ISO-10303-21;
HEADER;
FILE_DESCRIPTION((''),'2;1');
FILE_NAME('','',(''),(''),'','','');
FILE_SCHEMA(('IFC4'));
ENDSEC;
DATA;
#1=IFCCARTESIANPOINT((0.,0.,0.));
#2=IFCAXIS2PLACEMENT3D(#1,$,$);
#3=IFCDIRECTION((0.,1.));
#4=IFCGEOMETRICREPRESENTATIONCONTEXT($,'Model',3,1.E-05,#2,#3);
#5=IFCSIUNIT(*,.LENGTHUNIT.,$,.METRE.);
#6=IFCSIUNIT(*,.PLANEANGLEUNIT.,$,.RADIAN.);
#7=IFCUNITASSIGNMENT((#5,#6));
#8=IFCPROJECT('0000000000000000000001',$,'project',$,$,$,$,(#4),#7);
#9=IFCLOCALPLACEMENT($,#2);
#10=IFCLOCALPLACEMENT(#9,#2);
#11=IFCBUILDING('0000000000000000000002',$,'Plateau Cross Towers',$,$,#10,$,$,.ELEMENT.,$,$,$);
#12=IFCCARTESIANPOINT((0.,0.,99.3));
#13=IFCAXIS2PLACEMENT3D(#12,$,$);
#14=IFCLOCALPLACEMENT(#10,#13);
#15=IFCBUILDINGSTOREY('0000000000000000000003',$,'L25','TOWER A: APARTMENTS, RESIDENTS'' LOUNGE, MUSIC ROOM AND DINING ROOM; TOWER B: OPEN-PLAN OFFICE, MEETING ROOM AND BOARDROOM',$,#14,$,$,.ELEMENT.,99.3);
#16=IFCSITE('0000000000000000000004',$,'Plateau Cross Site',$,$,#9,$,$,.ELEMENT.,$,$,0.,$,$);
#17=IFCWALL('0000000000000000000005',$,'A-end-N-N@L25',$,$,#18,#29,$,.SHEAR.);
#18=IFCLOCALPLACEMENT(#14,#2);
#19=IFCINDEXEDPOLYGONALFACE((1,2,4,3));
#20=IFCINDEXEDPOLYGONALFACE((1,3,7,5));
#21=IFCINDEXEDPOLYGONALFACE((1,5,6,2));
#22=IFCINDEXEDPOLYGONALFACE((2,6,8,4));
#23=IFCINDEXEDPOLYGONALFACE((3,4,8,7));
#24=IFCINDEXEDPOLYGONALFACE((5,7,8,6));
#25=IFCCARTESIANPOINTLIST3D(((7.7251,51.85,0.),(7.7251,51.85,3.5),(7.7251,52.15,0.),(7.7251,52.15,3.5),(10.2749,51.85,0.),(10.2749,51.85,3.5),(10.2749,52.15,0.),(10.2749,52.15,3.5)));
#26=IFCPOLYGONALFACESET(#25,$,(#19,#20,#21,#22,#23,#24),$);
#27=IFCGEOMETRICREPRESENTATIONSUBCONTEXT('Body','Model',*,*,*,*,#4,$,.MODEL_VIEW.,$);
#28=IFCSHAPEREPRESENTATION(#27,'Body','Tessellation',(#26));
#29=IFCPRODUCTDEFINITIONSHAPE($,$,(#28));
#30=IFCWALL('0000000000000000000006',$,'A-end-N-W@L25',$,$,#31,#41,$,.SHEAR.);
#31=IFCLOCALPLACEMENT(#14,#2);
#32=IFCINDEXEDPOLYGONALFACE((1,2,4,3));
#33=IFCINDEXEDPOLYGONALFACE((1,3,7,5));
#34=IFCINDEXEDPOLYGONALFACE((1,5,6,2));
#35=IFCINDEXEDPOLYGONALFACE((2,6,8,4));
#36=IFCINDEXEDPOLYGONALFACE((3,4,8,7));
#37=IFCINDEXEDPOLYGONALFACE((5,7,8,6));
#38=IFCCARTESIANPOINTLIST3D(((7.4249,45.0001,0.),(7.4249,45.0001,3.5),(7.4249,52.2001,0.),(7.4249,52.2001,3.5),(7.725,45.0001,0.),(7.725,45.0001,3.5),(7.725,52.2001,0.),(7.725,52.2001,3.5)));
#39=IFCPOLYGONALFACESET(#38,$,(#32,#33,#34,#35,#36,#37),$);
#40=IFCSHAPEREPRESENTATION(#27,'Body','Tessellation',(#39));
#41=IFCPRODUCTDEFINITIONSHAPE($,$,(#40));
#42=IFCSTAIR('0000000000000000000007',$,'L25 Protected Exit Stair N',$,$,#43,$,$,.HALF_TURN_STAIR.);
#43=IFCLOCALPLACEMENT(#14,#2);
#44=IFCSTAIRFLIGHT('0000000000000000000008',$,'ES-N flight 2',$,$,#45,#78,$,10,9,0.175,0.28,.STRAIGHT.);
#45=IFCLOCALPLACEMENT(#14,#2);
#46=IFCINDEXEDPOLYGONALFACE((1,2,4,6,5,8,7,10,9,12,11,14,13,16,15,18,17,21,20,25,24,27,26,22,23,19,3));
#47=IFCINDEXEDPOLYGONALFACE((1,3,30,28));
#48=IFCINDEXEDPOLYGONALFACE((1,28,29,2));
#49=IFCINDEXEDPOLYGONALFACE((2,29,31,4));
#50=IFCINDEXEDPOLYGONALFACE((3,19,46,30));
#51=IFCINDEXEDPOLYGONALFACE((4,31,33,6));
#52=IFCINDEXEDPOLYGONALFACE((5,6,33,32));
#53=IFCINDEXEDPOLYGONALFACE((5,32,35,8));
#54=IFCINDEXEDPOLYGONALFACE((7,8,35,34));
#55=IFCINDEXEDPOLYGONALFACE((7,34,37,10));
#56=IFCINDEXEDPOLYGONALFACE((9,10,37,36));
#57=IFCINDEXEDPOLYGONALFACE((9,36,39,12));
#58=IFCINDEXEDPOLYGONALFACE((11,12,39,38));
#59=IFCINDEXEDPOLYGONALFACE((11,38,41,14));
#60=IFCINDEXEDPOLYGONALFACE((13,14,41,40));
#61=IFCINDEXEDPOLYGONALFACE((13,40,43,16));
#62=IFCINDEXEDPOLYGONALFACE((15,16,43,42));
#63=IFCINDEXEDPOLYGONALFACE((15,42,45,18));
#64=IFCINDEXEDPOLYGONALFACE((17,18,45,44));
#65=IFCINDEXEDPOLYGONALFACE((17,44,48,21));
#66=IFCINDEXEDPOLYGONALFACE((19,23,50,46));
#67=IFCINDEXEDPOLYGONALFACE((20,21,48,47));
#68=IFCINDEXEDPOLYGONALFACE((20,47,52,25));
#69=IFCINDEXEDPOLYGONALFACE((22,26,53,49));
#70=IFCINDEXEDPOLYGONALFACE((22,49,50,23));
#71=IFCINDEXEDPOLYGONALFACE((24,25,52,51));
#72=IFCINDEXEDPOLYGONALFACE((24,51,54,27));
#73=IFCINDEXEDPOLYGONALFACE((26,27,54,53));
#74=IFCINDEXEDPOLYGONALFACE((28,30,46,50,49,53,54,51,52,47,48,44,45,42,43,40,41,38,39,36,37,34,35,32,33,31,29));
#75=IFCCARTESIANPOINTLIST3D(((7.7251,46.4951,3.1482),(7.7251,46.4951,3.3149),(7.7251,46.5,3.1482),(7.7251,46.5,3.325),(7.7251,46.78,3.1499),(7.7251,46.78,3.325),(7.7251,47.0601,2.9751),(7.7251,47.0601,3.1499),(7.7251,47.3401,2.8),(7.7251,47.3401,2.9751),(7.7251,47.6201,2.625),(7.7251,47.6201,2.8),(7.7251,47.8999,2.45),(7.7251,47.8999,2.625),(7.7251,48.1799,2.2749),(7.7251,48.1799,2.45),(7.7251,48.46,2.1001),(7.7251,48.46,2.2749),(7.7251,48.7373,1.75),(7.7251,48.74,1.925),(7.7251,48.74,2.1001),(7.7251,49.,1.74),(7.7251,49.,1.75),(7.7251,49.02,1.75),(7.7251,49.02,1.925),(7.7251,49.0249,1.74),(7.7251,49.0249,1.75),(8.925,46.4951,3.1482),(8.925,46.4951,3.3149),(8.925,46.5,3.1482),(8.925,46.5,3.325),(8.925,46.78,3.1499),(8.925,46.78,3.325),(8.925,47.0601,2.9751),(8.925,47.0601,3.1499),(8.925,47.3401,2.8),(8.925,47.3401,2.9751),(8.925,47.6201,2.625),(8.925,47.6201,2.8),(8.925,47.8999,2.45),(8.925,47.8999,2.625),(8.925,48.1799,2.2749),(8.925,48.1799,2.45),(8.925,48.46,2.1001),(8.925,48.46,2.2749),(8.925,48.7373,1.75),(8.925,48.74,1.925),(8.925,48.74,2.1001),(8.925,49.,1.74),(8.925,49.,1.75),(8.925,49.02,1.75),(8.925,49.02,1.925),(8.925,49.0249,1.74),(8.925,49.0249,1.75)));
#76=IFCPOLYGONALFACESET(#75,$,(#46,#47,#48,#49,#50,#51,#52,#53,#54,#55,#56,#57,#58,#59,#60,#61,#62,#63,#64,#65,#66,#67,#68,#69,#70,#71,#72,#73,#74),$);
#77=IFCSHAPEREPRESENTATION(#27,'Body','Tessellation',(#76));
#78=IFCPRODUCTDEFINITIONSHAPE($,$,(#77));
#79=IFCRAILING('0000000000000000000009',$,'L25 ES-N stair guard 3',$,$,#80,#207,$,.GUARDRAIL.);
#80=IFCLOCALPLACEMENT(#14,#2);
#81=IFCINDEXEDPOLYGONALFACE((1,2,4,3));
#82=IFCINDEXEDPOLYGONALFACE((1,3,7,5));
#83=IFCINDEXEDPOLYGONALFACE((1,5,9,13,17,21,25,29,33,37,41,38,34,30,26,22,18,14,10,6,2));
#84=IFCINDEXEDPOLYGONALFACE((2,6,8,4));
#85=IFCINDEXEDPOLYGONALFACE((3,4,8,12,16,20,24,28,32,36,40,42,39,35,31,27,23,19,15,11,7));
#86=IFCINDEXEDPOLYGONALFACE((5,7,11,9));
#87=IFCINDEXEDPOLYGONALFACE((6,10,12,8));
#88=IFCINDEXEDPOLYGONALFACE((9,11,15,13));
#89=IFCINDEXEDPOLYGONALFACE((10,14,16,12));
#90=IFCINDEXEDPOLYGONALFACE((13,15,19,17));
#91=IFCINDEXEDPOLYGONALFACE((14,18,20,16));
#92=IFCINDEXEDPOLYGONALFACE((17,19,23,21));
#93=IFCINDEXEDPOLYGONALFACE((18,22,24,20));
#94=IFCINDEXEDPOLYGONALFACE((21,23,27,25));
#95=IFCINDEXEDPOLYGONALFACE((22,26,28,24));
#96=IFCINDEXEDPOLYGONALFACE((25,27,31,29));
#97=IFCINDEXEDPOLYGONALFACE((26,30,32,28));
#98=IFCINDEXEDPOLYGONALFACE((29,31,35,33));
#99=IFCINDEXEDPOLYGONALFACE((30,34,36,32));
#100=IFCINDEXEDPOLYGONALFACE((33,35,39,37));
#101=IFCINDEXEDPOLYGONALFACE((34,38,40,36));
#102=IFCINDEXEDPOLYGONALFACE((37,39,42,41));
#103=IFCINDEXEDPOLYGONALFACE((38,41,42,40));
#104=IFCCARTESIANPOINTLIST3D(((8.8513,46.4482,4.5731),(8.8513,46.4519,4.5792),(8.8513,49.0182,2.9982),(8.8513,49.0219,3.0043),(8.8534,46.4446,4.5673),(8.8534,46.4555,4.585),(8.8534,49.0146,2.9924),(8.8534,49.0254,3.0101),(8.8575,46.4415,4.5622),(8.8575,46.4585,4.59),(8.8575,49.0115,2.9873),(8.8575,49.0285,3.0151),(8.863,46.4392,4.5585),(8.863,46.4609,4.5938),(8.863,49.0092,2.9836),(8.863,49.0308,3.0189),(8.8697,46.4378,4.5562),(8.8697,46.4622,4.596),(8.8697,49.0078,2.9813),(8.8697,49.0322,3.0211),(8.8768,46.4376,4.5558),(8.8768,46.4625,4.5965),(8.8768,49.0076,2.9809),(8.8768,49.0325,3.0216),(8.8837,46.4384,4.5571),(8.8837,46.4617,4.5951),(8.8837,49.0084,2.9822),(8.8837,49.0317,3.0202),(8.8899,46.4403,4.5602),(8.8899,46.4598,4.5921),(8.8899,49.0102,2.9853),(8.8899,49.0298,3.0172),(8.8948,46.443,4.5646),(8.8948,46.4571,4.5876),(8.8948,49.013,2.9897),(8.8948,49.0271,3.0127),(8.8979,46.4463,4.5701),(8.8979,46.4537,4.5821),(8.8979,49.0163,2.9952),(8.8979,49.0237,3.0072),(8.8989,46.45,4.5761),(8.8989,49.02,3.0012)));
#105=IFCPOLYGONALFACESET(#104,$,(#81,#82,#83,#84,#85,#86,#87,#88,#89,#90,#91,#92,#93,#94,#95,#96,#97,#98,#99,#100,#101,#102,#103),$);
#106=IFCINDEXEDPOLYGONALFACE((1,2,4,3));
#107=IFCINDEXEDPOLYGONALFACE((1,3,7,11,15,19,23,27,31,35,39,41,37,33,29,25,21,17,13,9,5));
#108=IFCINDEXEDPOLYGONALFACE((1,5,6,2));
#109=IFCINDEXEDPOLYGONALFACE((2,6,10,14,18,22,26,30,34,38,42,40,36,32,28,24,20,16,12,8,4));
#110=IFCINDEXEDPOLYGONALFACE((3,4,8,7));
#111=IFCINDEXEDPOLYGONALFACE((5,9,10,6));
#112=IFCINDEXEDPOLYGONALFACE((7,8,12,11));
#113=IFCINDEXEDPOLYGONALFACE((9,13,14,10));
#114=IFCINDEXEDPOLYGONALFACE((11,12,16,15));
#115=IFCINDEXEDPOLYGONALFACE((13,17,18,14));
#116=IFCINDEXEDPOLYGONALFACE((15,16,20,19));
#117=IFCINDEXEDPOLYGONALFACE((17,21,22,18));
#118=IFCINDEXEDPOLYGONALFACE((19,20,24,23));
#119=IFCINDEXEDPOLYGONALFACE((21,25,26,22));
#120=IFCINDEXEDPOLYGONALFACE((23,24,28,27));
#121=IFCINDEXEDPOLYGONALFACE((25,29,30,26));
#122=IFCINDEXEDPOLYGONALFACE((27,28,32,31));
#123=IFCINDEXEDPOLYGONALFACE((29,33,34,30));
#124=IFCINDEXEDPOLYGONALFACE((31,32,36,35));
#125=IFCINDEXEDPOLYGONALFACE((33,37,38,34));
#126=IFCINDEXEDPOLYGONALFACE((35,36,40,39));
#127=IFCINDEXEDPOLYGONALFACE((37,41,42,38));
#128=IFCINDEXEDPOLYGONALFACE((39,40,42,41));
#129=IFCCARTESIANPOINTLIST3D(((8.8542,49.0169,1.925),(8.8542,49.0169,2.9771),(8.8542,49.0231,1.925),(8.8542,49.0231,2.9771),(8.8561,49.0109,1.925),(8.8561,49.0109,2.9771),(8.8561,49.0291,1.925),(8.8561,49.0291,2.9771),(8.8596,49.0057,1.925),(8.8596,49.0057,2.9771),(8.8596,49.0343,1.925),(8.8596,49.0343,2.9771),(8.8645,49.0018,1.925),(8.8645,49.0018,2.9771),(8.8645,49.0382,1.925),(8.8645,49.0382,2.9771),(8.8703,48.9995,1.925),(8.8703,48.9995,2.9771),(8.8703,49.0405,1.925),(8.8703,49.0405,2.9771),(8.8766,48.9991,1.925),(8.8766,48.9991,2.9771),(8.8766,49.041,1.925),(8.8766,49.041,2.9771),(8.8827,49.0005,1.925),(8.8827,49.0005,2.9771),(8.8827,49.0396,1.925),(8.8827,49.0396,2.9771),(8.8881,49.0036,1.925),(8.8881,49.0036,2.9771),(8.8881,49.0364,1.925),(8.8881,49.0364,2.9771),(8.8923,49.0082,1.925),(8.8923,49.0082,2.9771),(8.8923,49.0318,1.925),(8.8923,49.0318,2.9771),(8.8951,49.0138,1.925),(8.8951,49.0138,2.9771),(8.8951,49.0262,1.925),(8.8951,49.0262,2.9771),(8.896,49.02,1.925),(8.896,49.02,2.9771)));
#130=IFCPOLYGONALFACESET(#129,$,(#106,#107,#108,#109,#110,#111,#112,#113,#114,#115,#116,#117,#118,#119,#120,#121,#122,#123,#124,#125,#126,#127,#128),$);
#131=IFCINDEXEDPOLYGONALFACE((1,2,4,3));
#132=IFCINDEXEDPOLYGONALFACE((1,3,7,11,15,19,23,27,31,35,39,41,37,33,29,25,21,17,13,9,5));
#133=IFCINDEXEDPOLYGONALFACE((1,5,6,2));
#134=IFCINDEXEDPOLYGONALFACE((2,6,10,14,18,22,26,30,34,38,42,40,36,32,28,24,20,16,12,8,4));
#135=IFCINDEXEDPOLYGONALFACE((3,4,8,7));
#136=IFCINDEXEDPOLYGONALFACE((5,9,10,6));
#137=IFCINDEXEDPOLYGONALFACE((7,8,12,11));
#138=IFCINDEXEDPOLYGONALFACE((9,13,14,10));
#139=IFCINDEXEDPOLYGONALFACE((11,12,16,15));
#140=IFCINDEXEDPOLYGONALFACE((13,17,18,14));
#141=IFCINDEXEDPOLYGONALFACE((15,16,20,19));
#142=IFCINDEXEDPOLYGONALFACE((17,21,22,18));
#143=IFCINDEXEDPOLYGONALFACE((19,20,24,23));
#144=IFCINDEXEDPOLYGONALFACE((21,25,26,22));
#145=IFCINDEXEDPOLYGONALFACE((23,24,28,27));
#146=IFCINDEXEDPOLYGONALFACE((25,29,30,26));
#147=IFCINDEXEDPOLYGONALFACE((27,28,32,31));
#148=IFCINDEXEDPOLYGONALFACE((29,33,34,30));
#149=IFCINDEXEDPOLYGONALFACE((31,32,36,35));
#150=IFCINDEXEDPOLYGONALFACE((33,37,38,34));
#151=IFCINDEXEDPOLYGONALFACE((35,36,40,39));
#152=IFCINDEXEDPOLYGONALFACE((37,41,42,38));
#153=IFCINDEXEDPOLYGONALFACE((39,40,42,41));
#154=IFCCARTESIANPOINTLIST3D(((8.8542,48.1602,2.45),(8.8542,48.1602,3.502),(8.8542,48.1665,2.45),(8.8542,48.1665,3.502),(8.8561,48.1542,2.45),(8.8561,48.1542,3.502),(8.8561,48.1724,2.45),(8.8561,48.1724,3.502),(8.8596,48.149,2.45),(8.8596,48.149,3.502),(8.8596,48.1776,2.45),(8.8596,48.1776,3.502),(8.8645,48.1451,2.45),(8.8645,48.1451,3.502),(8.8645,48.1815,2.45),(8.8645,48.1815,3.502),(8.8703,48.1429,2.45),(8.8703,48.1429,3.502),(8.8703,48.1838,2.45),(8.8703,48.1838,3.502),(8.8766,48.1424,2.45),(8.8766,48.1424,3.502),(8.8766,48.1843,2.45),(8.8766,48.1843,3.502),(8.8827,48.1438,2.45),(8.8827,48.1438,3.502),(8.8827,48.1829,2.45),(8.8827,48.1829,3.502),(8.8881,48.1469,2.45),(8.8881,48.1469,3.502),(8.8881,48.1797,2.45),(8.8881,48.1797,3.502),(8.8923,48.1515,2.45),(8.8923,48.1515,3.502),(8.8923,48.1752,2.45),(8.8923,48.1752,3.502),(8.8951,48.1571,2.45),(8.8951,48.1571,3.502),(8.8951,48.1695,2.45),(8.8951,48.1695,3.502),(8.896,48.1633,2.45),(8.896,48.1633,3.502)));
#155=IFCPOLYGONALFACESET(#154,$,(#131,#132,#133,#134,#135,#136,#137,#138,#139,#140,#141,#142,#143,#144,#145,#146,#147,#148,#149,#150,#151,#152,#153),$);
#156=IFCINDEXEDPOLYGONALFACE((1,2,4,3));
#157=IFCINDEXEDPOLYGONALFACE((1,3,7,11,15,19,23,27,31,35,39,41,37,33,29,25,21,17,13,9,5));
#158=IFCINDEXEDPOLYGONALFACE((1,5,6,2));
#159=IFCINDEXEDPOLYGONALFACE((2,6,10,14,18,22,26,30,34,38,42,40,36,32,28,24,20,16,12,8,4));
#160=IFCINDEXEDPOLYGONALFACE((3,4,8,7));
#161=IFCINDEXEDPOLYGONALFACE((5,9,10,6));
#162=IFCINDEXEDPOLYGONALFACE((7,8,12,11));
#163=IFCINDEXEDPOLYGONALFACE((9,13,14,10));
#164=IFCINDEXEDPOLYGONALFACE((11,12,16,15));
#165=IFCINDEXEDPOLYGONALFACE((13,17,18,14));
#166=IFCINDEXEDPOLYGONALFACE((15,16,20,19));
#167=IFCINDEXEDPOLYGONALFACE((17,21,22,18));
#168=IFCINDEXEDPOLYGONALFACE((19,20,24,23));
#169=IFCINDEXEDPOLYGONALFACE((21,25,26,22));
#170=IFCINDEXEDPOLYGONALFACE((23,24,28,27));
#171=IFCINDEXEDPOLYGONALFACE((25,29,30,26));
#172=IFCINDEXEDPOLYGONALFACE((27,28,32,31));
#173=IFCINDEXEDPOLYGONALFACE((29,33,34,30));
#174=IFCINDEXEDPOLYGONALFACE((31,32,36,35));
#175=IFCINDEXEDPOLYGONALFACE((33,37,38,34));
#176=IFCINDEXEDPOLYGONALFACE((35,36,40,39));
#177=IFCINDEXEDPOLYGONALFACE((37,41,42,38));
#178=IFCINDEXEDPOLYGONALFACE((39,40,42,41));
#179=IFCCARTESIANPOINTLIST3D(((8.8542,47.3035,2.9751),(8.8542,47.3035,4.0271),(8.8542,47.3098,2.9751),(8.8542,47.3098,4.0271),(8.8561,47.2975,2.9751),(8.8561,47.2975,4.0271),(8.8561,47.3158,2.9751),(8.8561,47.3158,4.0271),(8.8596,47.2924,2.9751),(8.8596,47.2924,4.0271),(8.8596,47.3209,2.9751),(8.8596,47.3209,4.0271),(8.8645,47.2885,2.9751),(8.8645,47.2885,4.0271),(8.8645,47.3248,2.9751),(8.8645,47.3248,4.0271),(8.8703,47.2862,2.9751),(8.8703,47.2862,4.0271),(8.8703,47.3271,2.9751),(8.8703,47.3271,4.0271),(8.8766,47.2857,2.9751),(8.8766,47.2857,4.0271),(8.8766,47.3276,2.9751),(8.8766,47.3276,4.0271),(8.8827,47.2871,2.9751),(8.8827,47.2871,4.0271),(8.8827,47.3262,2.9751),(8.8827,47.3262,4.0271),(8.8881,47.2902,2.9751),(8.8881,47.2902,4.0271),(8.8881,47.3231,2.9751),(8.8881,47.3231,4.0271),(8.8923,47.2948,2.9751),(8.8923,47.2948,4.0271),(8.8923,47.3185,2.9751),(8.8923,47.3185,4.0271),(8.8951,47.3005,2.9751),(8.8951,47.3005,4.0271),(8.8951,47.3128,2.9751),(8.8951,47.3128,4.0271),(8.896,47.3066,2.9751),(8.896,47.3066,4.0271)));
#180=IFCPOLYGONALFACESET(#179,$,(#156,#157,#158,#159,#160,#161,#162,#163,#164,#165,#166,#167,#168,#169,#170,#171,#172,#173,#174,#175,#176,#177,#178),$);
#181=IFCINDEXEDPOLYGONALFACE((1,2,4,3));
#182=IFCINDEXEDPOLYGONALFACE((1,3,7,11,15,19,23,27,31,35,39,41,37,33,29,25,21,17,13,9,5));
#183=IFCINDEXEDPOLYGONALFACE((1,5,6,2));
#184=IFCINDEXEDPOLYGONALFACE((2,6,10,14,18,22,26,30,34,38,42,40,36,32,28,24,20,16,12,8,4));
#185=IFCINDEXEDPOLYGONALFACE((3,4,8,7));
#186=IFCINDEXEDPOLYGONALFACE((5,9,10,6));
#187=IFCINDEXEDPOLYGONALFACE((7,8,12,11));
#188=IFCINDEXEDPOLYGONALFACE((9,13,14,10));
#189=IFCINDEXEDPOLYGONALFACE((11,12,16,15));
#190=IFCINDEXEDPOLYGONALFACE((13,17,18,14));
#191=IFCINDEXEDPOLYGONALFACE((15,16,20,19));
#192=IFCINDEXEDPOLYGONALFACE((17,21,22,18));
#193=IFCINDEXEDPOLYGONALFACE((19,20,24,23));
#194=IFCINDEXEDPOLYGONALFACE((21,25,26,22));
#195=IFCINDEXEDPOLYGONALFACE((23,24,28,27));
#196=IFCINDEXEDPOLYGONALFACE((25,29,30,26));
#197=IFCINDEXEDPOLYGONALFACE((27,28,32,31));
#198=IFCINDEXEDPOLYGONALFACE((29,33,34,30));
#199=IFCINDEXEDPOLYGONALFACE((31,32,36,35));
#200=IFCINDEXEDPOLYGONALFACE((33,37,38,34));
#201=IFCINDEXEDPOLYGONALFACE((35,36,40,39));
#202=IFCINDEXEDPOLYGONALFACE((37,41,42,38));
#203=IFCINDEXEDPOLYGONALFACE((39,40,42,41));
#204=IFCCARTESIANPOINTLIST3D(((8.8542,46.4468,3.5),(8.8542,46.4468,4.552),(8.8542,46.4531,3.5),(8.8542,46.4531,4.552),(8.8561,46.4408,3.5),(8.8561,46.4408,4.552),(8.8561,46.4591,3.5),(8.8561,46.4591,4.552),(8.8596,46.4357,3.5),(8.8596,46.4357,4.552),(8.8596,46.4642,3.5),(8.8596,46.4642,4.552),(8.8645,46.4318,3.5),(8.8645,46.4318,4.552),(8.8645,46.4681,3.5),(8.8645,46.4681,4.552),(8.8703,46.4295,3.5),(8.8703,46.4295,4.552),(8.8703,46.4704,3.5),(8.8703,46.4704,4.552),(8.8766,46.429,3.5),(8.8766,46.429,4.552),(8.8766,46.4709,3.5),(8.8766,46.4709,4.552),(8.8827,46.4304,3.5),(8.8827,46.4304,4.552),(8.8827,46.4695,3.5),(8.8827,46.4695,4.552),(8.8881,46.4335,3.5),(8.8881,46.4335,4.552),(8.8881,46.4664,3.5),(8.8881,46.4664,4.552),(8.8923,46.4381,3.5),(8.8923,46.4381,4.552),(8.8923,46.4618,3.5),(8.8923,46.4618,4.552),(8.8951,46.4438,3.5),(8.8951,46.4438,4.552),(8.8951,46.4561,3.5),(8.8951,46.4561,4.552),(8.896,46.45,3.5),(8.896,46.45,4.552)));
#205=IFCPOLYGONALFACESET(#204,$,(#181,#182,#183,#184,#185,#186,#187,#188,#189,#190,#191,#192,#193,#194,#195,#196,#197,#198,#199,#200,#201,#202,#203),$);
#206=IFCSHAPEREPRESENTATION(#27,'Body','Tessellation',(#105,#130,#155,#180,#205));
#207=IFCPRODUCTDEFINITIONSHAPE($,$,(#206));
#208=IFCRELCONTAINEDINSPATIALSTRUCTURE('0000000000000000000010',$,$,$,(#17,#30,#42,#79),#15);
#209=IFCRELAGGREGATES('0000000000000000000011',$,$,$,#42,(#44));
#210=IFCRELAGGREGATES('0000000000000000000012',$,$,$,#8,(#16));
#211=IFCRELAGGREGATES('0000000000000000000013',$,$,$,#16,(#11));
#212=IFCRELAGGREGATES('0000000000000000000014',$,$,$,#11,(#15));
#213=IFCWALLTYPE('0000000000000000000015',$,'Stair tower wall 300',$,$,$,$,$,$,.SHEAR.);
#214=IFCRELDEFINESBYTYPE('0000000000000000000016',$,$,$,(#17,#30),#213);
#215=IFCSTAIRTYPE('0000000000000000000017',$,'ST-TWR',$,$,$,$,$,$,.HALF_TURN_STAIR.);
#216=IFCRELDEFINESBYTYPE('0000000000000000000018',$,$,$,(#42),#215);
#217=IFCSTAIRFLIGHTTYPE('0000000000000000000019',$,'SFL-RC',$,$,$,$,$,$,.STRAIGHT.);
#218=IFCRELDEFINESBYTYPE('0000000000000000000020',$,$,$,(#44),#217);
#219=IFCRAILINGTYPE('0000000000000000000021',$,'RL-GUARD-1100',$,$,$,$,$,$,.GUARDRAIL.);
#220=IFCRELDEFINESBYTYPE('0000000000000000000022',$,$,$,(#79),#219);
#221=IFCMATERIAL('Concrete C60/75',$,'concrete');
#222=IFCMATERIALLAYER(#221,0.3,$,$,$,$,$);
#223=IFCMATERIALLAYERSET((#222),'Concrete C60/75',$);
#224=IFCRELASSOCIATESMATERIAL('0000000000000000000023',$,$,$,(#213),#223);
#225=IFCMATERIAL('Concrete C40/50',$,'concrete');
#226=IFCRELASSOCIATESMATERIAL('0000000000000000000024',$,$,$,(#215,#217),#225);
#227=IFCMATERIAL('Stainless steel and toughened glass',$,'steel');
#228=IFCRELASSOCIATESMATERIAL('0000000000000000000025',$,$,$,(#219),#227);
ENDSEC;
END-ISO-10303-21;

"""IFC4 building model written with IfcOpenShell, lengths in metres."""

from ifc_helpers import new_model, si_unit, direction, frame, frame_2d, origin, origin_2d, place, context, subcontext, project, spatial, polyline, rectangle, circle, outline, extrude, material, layer, layer_set, type_object, element, aggregate, save


model = new_model("IFC4")

# Units and contexts
model_context = context("Model", 3, precision=1e-05, world=origin(), true_north=direction((0.0, 1.0)))
body_context = subcontext(model_context, "Body", "Model", "MODEL_VIEW")
ifc_project = project(units=[si_unit("LENGTHUNIT", "METRE"), si_unit("PLANEANGLEUNIT", "RADIAN")], contexts=[model_context])

# Site, building, storey
site_placement = place(None, origin())
site = spatial("IfcSite", under=ifc_project, at=site_placement, Name="Plateau Cross Site", CompositionType="ELEMENT", RefElevation=0.0)
building_placement = place(site_placement, origin())
building = spatial("IfcBuilding", under=site, at=building_placement, Name="Plateau Cross Towers", CompositionType="ELEMENT")
storey_placement = place(building_placement, frame((0.0, 0.0, 99.3)))
storey = spatial("IfcBuildingStorey", under=building, at=storey_placement, Name="L25", Description="TOWER A: APARTMENTS, RESIDENTS' LOUNGE, MUSIC ROOM AND DINING ROOM; TOWER B: OPEN-PLAN OFFICE, MEETING ROOM AND BOARDROOM", CompositionType="ELEMENT", Elevation=99.3)

# Shared definitions
ifc_material_1 = material(Name="Concrete C60/75", Category="concrete")

# Shared definitions
ifc_layer_1 = layer(ifc_material_1, 0.3)
ifc_layer_set_1 = layer_set([ifc_layer_1], Name="Concrete C60/75")
wall_type_1 = type_object("IfcWallType", Name="Stair tower wall 300", PredefinedType="SHEAR", material=ifc_layer_set_1)

# Walls
wall_1_placement = place(storey_placement, frame((7.7251, 52.0, 0.0), z_axis=(0.0, 0.0, 1.0), x_axis=(1.0, 0.0, 0.0)))
element("IfcWall", 1, at=wall_1_placement, inside=storey, type_object=wall_type_1, Name="A-end-N-N@L25", PredefinedType="SHEAR", context=body_context, shape_type="SweptSolid", body=[
    extrude(rectangle(XDim=2.5498, YDim=0.3, at=frame_2d((1.2749, 0.0))), origin(), (0.0, 0.0, 1.0), 3.5),
])
wall_2_placement = place(storey_placement, frame((7.575, 45.0, 0.0), z_axis=(0.0, 0.0, 1.0), x_axis=(0.0, 1.0, 0.0)))
element("IfcWall", 2, at=wall_2_placement, inside=storey, type_object=wall_type_1, Name="A-end-N-W@L25", PredefinedType="SHEAR", context=body_context, shape_type="SweptSolid", body=[
    extrude(rectangle(XDim=7.2, YDim=0.3, at=frame_2d((3.6001, 0.0))), origin(), (0.0, 0.0, 1.0), 3.5),
])

# Stair, stair flight
ifc_material_2 = material(Name="Concrete C40/50", Category="concrete")
stair_type = type_object("IfcStairType", Name="ST-TWR", PredefinedType="HALF_TURN_STAIR", material=ifc_material_2)
stair_placement = place(storey_placement, origin())
stair = element("IfcStair", 3, at=stair_placement, inside=storey, type_object=stair_type, Name="L25 Protected Exit Stair N", PredefinedType="HALF_TURN_STAIR")
stair_flight_type = type_object("IfcStairFlightType", Name="SFL-RC", PredefinedType="STRAIGHT", material=ifc_material_2)
stair_flight_placement = place(storey_placement, frame((8.325, 49.02, 1.75), z_axis=(0.0, 0.0, 1.0), x_axis=(0.0, -1.0, 0.0)))
stair_flight = element("IfcStairFlight", 4, at=stair_flight_placement, type_object=stair_flight_type, Name="ES-N flight 2", NumberOfRisers=10, NumberOfTreads=9, PredefinedType="STRAIGHT", RiserHeight=0.175, TreadLength=0.28, context=body_context, shape_type="SweptSolid", body=[
    extrude(outline(polyline([(-0.0049, -0.01), (-0.0049, 0.0), (0.0, 0.0), (0.0, 0.175), (0.28, 0.175), (0.28, 0.3501), (0.5601, 0.3501), (0.5601, 0.5249), (0.8401, 0.5249), (0.8401, 0.7), (1.1201, 0.7), (1.1201, 0.875), (1.3999, 0.875), (1.3999, 1.05), (1.6799, 1.05), (1.6799, 1.2251), (1.96, 1.2251), (1.96, 1.3999), (2.24, 1.3999), (2.24, 1.575), (2.52, 1.575), (2.5249, 1.5649), (2.5249, 1.3982), (2.52, 1.3982), (0.2827, 0.0), (0.02, 0.0), (0.02, -0.01), (-0.0049, -0.01)])), frame((0.0, 0.6001, 0.0), z_axis=(0.0, -1.0, 0.0), x_axis=(1.0, 0.0, 0.0)), (0.0, 0.0, 1.0), 1.2),
])
aggregate(stair, [stair_flight])

# Railing
ifc_material_3 = material(Name="Stainless steel and toughened glass", Category="steel")
railing_type_1 = type_object("IfcRailingType", Name="RL-GUARD-1100", PredefinedType="GUARDRAIL", material=ifc_material_3)
railing_1_placement = place(storey_placement, frame((8.875, 49.02, 1.925)))
element("IfcRailing", 5, at=railing_1_placement, inside=storey, type_object=railing_type_1, Name="L25 ES-N stair guard 3", PredefinedType="GUARDRAIL", context=body_context, shape_type="SweptSolid", body=[
    extrude(circle(Radius=0.0239, at=origin_2d()), frame((0.0, 0.0, 1.0762), z_axis=(0.0, -0.852639, 0.522501), x_axis=(1.0, 0.0, 0.0)), (0.0, 0.0, 1.0), 3.0142),
    extrude(circle(Radius=0.021, at=origin_2d()), origin(), (0.0, 0.0, 1.0), 1.052),
    extrude(circle(Radius=0.021, at=origin_2d()), frame((0.0, -0.8567, 0.5249)), (0.0, 0.0, 1.0), 1.052),
    extrude(circle(Radius=0.021, at=origin_2d()), frame((0.0, -1.7134, 1.05)), (0.0, 0.0, 1.0), 1.052),
    extrude(circle(Radius=0.021, at=origin_2d()), frame((0.0, -2.5701, 1.575)), (0.0, 0.0, 1.0), 1.052),
])

save(model, "model.ifc")
